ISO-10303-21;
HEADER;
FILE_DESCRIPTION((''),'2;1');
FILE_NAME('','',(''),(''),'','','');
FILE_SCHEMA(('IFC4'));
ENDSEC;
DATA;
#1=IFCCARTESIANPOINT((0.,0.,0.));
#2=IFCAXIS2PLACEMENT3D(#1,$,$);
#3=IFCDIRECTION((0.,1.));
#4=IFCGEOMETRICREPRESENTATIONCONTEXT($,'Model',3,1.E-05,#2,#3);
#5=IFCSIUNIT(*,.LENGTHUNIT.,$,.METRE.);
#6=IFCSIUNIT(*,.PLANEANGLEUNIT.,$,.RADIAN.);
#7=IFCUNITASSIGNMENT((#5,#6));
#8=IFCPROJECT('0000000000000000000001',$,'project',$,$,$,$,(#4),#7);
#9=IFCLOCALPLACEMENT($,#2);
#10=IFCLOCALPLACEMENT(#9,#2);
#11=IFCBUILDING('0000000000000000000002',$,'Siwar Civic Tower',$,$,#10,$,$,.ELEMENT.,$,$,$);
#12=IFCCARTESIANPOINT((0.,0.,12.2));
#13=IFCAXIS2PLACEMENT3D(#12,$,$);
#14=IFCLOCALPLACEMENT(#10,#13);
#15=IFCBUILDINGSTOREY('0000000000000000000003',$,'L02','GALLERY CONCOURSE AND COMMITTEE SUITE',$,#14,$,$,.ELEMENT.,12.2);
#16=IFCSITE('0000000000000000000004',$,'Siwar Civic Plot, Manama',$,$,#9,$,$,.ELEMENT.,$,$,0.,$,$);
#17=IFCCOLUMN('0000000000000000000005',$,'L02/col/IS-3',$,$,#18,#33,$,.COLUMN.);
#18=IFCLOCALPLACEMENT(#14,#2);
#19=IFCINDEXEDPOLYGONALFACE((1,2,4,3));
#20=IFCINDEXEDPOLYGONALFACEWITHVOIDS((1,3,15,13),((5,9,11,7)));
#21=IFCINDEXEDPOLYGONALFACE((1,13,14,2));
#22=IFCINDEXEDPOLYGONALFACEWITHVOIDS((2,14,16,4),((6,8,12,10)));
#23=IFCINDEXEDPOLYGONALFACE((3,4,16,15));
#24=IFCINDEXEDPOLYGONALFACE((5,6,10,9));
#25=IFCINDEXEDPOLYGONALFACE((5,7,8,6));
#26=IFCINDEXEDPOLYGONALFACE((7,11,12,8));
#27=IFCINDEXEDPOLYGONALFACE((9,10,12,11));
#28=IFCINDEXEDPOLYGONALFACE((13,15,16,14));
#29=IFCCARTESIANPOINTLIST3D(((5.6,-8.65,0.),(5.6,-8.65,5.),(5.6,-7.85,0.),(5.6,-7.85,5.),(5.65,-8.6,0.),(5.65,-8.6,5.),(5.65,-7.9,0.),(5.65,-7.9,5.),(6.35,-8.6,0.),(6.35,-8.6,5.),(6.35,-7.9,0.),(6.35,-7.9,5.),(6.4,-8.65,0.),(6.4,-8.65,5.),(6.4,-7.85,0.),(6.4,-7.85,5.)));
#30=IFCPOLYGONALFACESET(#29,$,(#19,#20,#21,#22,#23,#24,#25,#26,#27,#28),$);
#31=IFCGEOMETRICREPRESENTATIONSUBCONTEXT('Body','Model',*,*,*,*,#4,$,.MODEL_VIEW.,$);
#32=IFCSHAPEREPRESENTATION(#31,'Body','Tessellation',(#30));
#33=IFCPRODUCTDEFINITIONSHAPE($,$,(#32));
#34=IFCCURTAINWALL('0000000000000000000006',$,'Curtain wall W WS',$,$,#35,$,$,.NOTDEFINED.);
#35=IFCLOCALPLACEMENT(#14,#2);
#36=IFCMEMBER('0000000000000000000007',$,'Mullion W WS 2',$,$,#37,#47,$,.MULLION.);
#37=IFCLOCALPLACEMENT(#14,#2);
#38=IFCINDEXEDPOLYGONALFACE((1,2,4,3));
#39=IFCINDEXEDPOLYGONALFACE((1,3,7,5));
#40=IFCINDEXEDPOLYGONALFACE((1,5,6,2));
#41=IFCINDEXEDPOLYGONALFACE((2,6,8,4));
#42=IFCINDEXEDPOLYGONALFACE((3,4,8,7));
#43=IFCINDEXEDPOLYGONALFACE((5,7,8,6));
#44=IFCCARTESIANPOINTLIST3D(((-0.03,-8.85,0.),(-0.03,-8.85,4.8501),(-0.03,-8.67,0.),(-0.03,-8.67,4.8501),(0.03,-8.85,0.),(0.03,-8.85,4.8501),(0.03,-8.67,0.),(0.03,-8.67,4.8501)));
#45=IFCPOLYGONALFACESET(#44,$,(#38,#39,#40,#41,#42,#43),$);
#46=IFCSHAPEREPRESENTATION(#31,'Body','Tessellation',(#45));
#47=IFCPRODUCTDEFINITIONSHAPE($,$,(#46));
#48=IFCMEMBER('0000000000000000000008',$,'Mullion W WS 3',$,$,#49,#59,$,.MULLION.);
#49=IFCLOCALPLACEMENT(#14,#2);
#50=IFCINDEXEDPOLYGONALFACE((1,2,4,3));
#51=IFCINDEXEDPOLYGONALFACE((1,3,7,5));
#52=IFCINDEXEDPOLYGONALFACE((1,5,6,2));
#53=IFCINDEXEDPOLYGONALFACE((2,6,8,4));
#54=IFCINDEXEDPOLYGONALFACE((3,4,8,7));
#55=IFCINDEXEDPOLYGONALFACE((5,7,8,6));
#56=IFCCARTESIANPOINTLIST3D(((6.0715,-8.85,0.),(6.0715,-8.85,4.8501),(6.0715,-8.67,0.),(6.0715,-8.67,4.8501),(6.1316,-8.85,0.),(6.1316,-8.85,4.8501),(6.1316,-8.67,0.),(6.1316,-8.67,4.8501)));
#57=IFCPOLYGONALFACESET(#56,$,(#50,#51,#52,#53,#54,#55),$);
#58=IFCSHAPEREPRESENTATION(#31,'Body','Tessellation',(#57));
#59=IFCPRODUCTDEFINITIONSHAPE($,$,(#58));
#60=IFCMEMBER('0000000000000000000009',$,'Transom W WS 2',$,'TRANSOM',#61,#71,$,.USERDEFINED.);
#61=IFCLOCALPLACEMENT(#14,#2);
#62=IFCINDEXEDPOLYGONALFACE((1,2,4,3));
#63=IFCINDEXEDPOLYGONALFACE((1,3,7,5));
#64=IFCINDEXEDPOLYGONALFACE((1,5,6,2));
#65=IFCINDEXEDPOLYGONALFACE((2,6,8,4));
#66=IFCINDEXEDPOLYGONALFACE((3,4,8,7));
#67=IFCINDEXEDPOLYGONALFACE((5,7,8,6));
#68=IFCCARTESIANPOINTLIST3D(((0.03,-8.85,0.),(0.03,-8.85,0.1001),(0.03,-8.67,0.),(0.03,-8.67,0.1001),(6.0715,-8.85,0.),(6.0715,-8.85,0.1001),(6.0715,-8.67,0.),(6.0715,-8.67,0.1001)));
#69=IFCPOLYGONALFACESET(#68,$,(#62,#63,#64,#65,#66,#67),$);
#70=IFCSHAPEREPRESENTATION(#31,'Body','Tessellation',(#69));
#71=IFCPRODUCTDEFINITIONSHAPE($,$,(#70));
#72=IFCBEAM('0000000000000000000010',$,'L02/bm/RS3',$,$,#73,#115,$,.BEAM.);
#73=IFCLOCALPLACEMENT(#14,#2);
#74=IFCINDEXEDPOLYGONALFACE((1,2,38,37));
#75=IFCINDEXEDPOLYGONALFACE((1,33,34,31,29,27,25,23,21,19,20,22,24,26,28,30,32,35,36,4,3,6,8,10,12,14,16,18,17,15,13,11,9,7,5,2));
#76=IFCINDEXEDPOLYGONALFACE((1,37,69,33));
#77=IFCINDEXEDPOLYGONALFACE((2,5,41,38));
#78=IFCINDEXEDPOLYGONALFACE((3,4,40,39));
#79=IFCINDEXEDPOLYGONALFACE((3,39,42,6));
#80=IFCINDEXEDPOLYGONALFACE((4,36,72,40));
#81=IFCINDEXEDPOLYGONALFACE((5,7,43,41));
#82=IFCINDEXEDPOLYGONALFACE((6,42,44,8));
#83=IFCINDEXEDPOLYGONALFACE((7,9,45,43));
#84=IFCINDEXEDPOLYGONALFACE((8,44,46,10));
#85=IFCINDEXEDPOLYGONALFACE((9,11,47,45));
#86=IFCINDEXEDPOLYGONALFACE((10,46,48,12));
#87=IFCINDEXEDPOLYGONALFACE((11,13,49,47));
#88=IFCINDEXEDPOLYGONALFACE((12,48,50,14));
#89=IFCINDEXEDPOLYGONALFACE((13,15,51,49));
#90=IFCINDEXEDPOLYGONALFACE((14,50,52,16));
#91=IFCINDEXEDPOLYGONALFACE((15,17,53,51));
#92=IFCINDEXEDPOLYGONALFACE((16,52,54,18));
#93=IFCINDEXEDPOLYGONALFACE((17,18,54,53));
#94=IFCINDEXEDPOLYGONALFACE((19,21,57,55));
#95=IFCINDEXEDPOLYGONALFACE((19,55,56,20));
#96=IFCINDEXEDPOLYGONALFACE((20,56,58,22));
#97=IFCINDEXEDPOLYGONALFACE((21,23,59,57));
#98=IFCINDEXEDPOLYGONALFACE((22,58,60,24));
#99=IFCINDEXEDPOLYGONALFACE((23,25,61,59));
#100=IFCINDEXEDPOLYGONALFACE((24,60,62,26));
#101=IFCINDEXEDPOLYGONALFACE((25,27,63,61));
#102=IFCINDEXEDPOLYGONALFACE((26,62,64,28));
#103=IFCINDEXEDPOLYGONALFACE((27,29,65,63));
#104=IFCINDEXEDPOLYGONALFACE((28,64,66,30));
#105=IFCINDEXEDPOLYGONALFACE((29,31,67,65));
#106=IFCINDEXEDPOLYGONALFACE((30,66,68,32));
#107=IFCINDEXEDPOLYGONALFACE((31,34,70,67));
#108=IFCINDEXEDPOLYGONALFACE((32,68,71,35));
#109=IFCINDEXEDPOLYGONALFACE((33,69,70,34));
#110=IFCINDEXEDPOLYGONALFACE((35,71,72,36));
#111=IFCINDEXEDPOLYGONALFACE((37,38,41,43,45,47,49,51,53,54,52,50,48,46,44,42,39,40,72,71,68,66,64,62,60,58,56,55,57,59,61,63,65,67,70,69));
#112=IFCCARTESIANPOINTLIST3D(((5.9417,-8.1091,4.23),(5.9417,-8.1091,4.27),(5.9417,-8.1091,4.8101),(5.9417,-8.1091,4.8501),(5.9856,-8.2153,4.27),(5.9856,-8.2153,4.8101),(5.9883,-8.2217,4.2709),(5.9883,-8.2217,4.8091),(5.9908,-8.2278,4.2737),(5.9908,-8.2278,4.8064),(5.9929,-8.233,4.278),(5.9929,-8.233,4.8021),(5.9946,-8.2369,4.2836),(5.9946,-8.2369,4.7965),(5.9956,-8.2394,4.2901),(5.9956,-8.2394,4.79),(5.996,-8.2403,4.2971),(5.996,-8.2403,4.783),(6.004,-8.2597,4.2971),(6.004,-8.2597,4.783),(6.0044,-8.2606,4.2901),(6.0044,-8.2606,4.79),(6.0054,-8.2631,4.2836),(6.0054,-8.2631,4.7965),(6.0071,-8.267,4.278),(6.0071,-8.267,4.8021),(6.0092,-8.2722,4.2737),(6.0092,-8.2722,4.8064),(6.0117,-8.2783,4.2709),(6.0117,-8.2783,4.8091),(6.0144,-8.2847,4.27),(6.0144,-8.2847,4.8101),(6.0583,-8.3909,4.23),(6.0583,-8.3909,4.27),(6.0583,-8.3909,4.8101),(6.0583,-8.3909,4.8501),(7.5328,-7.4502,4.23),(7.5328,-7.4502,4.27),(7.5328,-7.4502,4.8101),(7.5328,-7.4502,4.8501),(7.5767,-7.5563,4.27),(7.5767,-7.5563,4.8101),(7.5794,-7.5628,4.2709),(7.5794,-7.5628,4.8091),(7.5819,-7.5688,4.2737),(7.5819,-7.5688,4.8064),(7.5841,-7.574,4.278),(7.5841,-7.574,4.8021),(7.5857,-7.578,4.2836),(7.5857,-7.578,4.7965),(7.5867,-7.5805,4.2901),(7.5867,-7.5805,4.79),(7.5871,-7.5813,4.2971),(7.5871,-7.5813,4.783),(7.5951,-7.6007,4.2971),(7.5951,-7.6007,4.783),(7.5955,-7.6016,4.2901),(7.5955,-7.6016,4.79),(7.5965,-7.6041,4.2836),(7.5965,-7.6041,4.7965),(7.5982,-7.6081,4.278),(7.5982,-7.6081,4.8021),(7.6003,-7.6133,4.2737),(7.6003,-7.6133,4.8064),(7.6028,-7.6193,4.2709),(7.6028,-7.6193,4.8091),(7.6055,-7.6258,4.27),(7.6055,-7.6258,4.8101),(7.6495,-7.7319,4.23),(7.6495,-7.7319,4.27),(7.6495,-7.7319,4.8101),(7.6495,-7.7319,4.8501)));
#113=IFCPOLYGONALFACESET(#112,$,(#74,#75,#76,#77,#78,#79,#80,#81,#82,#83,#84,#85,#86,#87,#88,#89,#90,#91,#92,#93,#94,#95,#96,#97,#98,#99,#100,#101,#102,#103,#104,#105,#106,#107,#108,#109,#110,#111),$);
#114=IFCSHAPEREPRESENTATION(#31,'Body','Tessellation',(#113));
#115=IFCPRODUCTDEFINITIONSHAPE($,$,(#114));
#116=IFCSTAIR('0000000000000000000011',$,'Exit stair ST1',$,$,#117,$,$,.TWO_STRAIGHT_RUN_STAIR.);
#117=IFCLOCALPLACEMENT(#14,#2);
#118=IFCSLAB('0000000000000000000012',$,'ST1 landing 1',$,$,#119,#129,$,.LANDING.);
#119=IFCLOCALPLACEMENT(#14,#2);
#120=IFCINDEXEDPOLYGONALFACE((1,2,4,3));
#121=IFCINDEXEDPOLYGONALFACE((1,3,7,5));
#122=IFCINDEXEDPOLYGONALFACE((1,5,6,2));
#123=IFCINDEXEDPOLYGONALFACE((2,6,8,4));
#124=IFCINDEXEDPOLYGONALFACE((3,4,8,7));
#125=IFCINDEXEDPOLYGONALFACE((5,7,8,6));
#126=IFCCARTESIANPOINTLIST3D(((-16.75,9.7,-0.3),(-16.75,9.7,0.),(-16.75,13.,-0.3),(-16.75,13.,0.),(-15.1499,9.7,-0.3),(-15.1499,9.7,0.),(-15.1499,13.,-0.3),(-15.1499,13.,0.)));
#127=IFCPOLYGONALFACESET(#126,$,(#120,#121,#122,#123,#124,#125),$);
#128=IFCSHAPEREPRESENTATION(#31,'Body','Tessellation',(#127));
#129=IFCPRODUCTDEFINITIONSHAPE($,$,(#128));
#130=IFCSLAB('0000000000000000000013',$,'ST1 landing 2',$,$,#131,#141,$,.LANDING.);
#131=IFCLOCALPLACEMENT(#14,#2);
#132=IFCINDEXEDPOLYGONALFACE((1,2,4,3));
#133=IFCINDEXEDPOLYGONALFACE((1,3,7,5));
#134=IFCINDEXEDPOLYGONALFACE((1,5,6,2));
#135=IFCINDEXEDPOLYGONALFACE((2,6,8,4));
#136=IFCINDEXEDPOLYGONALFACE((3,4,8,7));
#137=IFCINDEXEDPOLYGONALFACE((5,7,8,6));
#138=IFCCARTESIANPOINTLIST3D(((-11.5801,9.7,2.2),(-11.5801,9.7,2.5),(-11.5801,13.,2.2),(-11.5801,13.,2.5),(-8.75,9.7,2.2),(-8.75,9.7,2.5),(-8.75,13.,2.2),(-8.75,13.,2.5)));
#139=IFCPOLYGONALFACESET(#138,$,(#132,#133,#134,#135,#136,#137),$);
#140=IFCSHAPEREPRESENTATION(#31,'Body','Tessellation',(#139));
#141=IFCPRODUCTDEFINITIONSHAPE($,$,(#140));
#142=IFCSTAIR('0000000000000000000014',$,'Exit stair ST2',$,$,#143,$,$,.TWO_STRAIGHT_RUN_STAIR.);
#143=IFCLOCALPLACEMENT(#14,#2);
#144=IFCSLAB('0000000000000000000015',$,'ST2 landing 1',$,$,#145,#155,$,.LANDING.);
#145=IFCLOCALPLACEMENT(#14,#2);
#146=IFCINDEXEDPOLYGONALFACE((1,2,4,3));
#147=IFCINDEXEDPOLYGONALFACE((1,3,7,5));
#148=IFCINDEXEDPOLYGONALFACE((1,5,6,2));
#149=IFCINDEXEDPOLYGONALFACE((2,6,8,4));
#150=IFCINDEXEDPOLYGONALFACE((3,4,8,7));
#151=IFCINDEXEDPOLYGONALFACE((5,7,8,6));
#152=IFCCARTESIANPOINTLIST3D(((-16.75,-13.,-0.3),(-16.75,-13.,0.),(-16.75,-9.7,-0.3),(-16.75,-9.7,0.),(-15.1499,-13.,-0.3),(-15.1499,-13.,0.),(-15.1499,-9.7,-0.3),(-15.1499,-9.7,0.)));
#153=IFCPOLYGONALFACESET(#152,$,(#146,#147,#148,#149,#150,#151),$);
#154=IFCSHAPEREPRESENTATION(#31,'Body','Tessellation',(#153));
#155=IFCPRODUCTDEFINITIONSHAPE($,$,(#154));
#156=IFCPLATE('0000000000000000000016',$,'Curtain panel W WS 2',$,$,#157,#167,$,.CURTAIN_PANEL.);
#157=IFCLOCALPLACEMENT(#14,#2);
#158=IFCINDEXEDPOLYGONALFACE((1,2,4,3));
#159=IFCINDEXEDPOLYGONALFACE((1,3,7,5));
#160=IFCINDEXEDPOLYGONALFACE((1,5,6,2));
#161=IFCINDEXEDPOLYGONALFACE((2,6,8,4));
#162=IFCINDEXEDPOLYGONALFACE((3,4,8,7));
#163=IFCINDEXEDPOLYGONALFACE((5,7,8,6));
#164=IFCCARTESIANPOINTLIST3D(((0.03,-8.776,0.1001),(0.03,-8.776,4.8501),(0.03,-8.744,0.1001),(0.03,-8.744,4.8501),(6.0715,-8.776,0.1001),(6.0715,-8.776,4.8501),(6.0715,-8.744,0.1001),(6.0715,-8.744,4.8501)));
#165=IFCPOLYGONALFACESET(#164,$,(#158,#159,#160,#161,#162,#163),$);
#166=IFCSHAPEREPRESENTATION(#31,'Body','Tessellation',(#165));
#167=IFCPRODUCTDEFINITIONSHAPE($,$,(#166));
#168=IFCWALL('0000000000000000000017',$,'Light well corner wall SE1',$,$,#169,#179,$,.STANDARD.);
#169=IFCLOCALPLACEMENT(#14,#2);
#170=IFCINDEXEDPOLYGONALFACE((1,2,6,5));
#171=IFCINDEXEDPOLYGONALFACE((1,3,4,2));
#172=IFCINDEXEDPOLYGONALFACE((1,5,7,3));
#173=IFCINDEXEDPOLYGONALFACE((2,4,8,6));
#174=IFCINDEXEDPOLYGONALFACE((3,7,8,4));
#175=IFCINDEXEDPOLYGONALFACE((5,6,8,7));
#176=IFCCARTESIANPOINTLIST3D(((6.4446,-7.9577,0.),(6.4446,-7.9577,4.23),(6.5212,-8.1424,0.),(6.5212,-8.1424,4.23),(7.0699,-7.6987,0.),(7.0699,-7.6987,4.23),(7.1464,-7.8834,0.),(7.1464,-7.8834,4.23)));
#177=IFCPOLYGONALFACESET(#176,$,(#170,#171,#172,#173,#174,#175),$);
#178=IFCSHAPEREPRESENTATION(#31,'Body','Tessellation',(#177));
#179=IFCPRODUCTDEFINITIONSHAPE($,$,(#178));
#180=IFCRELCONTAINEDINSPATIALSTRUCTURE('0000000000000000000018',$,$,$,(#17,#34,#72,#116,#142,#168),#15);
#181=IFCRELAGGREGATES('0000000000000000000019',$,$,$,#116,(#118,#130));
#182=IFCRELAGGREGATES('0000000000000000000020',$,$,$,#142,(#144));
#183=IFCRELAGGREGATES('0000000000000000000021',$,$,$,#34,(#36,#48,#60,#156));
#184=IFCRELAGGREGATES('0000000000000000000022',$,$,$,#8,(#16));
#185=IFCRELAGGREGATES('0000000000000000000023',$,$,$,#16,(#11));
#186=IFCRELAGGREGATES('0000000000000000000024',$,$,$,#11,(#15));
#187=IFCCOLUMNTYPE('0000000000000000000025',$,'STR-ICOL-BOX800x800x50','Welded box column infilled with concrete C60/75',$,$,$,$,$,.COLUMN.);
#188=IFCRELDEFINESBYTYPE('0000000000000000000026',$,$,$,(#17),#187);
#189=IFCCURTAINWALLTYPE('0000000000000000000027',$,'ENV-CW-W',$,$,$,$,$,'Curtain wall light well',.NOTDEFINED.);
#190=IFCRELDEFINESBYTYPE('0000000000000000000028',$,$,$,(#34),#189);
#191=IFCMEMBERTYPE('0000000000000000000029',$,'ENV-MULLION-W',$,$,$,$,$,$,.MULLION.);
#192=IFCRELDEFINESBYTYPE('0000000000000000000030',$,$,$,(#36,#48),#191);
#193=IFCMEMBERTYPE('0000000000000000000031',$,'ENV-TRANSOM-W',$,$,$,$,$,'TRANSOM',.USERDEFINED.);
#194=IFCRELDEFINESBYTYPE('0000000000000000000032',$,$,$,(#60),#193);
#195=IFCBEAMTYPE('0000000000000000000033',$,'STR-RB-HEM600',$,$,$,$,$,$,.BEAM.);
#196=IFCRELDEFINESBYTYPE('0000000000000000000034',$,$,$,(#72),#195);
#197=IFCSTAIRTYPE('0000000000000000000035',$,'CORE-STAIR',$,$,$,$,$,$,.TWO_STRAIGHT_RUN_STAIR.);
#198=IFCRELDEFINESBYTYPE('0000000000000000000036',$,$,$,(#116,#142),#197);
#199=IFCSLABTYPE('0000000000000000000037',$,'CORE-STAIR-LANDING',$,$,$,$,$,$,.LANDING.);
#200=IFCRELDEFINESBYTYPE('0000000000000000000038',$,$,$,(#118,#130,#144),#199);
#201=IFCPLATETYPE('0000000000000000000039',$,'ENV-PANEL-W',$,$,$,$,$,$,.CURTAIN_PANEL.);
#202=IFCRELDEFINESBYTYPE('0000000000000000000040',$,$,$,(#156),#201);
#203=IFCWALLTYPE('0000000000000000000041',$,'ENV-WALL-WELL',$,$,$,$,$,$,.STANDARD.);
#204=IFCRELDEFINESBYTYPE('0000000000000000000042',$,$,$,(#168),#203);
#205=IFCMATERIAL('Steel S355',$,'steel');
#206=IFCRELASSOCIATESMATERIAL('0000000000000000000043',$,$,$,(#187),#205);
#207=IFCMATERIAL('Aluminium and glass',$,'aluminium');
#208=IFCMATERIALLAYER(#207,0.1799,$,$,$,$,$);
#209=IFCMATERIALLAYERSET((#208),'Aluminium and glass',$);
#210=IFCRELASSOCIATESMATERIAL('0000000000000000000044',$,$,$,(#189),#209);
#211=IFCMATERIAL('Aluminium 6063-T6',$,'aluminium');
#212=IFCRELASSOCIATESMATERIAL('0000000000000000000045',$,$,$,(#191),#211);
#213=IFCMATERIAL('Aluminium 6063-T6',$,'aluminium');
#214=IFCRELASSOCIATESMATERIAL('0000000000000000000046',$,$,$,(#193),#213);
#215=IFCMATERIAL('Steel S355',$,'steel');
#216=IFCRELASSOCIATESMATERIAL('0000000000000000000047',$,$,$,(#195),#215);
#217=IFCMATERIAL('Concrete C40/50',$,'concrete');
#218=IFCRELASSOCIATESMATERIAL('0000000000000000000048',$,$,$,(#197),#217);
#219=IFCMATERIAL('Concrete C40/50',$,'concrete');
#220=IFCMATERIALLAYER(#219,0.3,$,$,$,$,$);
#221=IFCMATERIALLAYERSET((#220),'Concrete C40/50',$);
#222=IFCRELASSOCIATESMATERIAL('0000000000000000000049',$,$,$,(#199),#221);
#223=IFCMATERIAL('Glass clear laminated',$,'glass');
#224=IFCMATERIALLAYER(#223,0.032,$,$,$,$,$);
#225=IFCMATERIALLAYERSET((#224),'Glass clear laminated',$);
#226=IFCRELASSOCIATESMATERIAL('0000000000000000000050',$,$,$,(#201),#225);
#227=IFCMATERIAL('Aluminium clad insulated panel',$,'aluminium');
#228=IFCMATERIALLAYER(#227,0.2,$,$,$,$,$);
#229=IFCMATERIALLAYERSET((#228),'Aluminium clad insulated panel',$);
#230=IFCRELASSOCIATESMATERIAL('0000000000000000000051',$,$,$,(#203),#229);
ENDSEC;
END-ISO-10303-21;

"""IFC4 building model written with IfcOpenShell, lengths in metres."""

from ifc_helpers import new_model, si_unit, direction, frame, frame_2d, origin, origin_2d, place, context, subcontext, project, spatial, polyline, rectangle, hollow_rectangle, i_section, outline, extrude, material, layer, layer_set, material_profile, profile_set, type_object, element, aggregate, save


model = new_model("IFC4")

# Units and contexts
model_context = context("Model", 3, precision=1e-05, world=origin(), true_north=direction((0.0, 1.0)))
body_context = subcontext(model_context, "Body", "Model", "MODEL_VIEW")
ifc_project = project(units=[si_unit("LENGTHUNIT", "METRE"), si_unit("PLANEANGLEUNIT", "RADIAN")], contexts=[model_context])

# Site, building, storey
site_placement = place(None, origin())
site = spatial("IfcSite", under=ifc_project, at=site_placement, Name="Siwar Civic Plot, Manama", CompositionType="ELEMENT", RefElevation=0.0)
building_placement = place(site_placement, origin())
building = spatial("IfcBuilding", under=site, at=building_placement, Name="Siwar Civic Tower", CompositionType="ELEMENT")
storey_placement = place(building_placement, frame((0.0, 0.0, 12.2)))
storey = spatial("IfcBuildingStorey", under=building, at=storey_placement, Name="L02", Description="GALLERY CONCOURSE AND COMMITTEE SUITE", CompositionType="ELEMENT", Elevation=12.2)

# Column
ifc_material_1 = material(Name="Steel S355", Category="steel")
ifc_material_profile_1 = material_profile(ifc_material_1, hollow_rectangle(XDim=0.8, YDim=0.8, WallThickness=0.05, at=origin_2d()), Name="BOX800x800x50")
ifc_profile_set_1 = profile_set([ifc_material_profile_1], Name="Steel S355")
column_type = type_object("IfcColumnType", Name="STR-ICOL-BOX800x800x50", Description="Welded box column infilled with concrete C60/75", PredefinedType="COLUMN", material=ifc_profile_set_1)
column_placement = place(storey_placement, frame((6.0, -8.25, 0.0), z_axis=(0.0, 0.0, 1.0), x_axis=(1.0, 0.0, 0.0)))
element("IfcColumn", 1, at=column_placement, inside=storey, type_object=column_type, Name="L02/col/IS-3", PredefinedType="COLUMN", context=body_context, shape_type="SweptSolid", body=[
    extrude(hollow_rectangle(XDim=0.8, YDim=0.8, WallThickness=0.05, at=origin_2d()), origin(), (0.0, 0.0, 1.0), 5.0),
])

# Curtain wall, members
ifc_material_2 = material(Name="Aluminium and glass", Category="aluminium")
ifc_layer_1 = layer(ifc_material_2, 0.1799)
ifc_layer_set_1 = layer_set([ifc_layer_1], Name="Aluminium and glass")
curtain_wall_type = type_object("IfcCurtainWallType", Name="ENV-CW-W", ElementType="Curtain wall light well", PredefinedType="NOTDEFINED", material=ifc_layer_set_1)
curtain_wall_placement = place(storey_placement, origin())
curtain_wall = element("IfcCurtainWall", 2, at=curtain_wall_placement, inside=storey, type_object=curtain_wall_type, Name="Curtain wall W WS", PredefinedType="NOTDEFINED")
ifc_material_3 = material(Name="Aluminium 6063-T6", Category="aluminium")
ifc_material_profile_2 = material_profile(ifc_material_3, rectangle(XDim=0.1799, YDim=0.0601, at=origin_2d()), Name="AL 180x60")
ifc_profile_set_2 = profile_set([ifc_material_profile_2], Name="Aluminium 6063-T6")
member_type_1 = type_object("IfcMemberType", Name="ENV-MULLION-W", PredefinedType="MULLION", material=ifc_profile_set_2)
member_1_placement = place(storey_placement, frame((0.0, -8.76, 0.0), z_axis=(0.0, 0.0, 1.0), x_axis=(0.0, 1.0, 0.0)))
member_1 = element("IfcMember", 3, at=member_1_placement, type_object=member_type_1, Name="Mullion W WS 2", PredefinedType="MULLION", context=body_context, shape_type="SweptSolid", body=[
    extrude(rectangle(XDim=0.1799, YDim=0.0601, at=origin_2d()), origin(), (0.0, 0.0, 1.0), 4.8501),
])
member_2_placement = place(storey_placement, frame((6.1016, -8.76, 0.0), z_axis=(0.0, 0.0, 1.0), x_axis=(0.0, 1.0, 0.0)))
member_2 = element("IfcMember", 4, at=member_2_placement, type_object=member_type_1, Name="Mullion W WS 3", PredefinedType="MULLION", context=body_context, shape_type="SweptSolid", body=[
    extrude(rectangle(XDim=0.1799, YDim=0.0601, at=origin_2d()), origin(), (0.0, 0.0, 1.0), 4.8501),
])
ifc_material_4 = material(Name="Aluminium 6063-T6", Category="aluminium")
ifc_material_profile_3 = material_profile(ifc_material_4, rectangle(XDim=0.1799, YDim=0.1001, at=origin_2d()), Name="AL 180x100")
ifc_profile_set_3 = profile_set([ifc_material_profile_3], Name="Aluminium 6063-T6")
member_type_2 = type_object("IfcMemberType", Name="ENV-TRANSOM-W", ElementType="TRANSOM", PredefinedType="USERDEFINED", material=ifc_profile_set_3)
member_3_placement = place(storey_placement, frame((0.03, -8.76, 0.05), z_axis=(1.0, 0.0, 0.0), x_axis=(0.0, 1.0, 0.0)))
member_3 = element("IfcMember", 5, at=member_3_placement, type_object=member_type_2, Name="Transom W WS 2", ObjectType="TRANSOM", PredefinedType="USERDEFINED", context=body_context, shape_type="SweptSolid", body=[
    extrude(rectangle(XDim=0.1799, YDim=0.1001, at=origin_2d()), origin(), (0.0, 0.0, 1.0), 6.0415),
])

# Beam
ifc_material_5 = material(Name="Steel S355", Category="steel")
ifc_material_profile_4 = material_profile(ifc_material_5, i_section(OverallWidth=0.3049, OverallDepth=0.6201, WebThickness=0.021, FlangeThickness=0.04, FilletRadius=0.0271, at=origin_2d()), Name="HEM600")
ifc_profile_set_4 = profile_set([ifc_material_profile_4], Name="Steel S355")
beam_type = type_object("IfcBeamType", Name="STR-RB-HEM600", PredefinedType="BEAM", material=ifc_profile_set_4)
beam_placement = place(storey_placement, frame((6.0, -8.25, 4.54), z_axis=(0.923901, 0.382631, 0.0), x_axis=(-0.382631, 0.923901, 0.0)))
element("IfcBeam", 6, at=beam_placement, inside=storey, type_object=beam_type, Name="L02/bm/RS3", PredefinedType="BEAM", context=body_context, shape_type="SweptSolid", body=[
    extrude(i_section(OverallWidth=0.3049, OverallDepth=0.6201, WebThickness=0.021, FlangeThickness=0.04, FilletRadius=0.0271, at=origin_2d()), origin(), (0.0, 0.0, 1.0), 1.7222),
])

# Stair, slabs
ifc_material_6 = material(Name="Concrete C40/50", Category="concrete")
stair_type = type_object("IfcStairType", Name="CORE-STAIR", PredefinedType="TWO_STRAIGHT_RUN_STAIR", material=ifc_material_6)
stair_1_placement = place(storey_placement, origin())
stair_1 = element("IfcStair", 7, at=stair_1_placement, inside=storey, type_object=stair_type, Name="Exit stair ST1", PredefinedType="TWO_STRAIGHT_RUN_STAIR")
ifc_material_7 = material(Name="Concrete C40/50", Category="concrete")
ifc_layer_2 = layer(ifc_material_7, 0.3)
ifc_layer_set_2 = layer_set([ifc_layer_2], Name="Concrete C40/50")
slab_type = type_object("IfcSlabType", Name="CORE-STAIR-LANDING", PredefinedType="LANDING", material=ifc_layer_set_2)
slab_1_placement = place(storey_placement, frame((0.0, 0.0, -0.3)))
slab_1 = element("IfcSlab", 8, at=slab_1_placement, type_object=slab_type, Name="ST1 landing 1", PredefinedType="LANDING", context=body_context, shape_type="SweptSolid", body=[
    extrude(outline(polyline([(-15.1499, 13.0), (-16.75, 13.0), (-16.75, 9.7), (-15.1499, 9.7), (-15.1499, 13.0)])), origin(), (0.0, 0.0, 1.0), 0.3),
])
slab_2_placement = place(storey_placement, frame((0.0, 0.0, 2.2)))
slab_2 = element("IfcSlab", 9, at=slab_2_placement, type_object=slab_type, Name="ST1 landing 2", PredefinedType="LANDING", context=body_context, shape_type="SweptSolid", body=[
    extrude(outline(polyline([(-8.75, 13.0), (-11.5801, 13.0), (-11.5801, 9.7), (-8.75, 9.7), (-8.75, 13.0)])), origin(), (0.0, 0.0, 1.0), 0.3),
])
aggregate(stair_1, [slab_1, slab_2])

# Stair, slab
stair_2_placement = place(storey_placement, origin())
stair_2 = element("IfcStair", 10, at=stair_2_placement, inside=storey, type_object=stair_type, Name="Exit stair ST2", PredefinedType="TWO_STRAIGHT_RUN_STAIR")
slab_3_placement = place(storey_placement, frame((0.0, 0.0, -0.3)))
slab_3 = element("IfcSlab", 11, at=slab_3_placement, type_object=slab_type, Name="ST2 landing 1", PredefinedType="LANDING", context=body_context, shape_type="SweptSolid", body=[
    extrude(outline(polyline([(-15.1499, -9.7), (-16.75, -9.7), (-16.75, -13.0), (-15.1499, -13.0), (-15.1499, -9.7)])), origin(), (0.0, 0.0, 1.0), 0.3),
])
aggregate(stair_2, [slab_3])

# Plate
ifc_material_8 = material(Name="Glass clear laminated", Category="glass")
ifc_layer_3 = layer(ifc_material_8, 0.032)
ifc_layer_set_3 = layer_set([ifc_layer_3], Name="Glass clear laminated")
plate_type = type_object("IfcPlateType", Name="ENV-PANEL-W", PredefinedType="CURTAIN_PANEL", material=ifc_layer_set_3)
plate_placement = place(storey_placement, frame((3.0508, -8.76, 0.1001), z_axis=(0.0, 0.0, 1.0), x_axis=(1.0, 0.0, 0.0)))
plate = element("IfcPlate", 12, at=plate_placement, type_object=plate_type, Name="Curtain panel W WS 2", PredefinedType="CURTAIN_PANEL", context=body_context, shape_type="SweptSolid", body=[
    extrude(rectangle(XDim=6.0415, YDim=0.032, at=origin_2d()), origin(), (0.0, 0.0, 1.0), 4.75),
])
aggregate(curtain_wall, [member_1, member_2, member_3, plate])

# Wall
ifc_material_9 = material(Name="Aluminium clad insulated panel", Category="aluminium")
ifc_layer_4 = layer(ifc_material_9, 0.2)
ifc_layer_set_4 = layer_set([ifc_layer_4], Name="Aluminium clad insulated panel")
wall_type_1 = type_object("IfcWallType", Name="ENV-WALL-WELL", PredefinedType="STANDARD", material=ifc_layer_set_4)
wall_1_placement = place(storey_placement, frame((6.4829, -8.05, 0.0), z_axis=(0.0, 0.0, 1.0), x_axis=(0.923854, 0.382745, 0.0)))
element("IfcWall", 13, at=wall_1_placement, inside=storey, type_object=wall_type_1, Name="Light well corner wall SE1", PredefinedType="STANDARD", context=body_context, shape_type="SweptSolid", body=[
    extrude(rectangle(XDim=0.6768, YDim=0.2, at=frame_2d((0.3384, 0.0))), origin(), (0.0, 0.0, 1.0), 4.23),
])

save(model, "model.ifc")
